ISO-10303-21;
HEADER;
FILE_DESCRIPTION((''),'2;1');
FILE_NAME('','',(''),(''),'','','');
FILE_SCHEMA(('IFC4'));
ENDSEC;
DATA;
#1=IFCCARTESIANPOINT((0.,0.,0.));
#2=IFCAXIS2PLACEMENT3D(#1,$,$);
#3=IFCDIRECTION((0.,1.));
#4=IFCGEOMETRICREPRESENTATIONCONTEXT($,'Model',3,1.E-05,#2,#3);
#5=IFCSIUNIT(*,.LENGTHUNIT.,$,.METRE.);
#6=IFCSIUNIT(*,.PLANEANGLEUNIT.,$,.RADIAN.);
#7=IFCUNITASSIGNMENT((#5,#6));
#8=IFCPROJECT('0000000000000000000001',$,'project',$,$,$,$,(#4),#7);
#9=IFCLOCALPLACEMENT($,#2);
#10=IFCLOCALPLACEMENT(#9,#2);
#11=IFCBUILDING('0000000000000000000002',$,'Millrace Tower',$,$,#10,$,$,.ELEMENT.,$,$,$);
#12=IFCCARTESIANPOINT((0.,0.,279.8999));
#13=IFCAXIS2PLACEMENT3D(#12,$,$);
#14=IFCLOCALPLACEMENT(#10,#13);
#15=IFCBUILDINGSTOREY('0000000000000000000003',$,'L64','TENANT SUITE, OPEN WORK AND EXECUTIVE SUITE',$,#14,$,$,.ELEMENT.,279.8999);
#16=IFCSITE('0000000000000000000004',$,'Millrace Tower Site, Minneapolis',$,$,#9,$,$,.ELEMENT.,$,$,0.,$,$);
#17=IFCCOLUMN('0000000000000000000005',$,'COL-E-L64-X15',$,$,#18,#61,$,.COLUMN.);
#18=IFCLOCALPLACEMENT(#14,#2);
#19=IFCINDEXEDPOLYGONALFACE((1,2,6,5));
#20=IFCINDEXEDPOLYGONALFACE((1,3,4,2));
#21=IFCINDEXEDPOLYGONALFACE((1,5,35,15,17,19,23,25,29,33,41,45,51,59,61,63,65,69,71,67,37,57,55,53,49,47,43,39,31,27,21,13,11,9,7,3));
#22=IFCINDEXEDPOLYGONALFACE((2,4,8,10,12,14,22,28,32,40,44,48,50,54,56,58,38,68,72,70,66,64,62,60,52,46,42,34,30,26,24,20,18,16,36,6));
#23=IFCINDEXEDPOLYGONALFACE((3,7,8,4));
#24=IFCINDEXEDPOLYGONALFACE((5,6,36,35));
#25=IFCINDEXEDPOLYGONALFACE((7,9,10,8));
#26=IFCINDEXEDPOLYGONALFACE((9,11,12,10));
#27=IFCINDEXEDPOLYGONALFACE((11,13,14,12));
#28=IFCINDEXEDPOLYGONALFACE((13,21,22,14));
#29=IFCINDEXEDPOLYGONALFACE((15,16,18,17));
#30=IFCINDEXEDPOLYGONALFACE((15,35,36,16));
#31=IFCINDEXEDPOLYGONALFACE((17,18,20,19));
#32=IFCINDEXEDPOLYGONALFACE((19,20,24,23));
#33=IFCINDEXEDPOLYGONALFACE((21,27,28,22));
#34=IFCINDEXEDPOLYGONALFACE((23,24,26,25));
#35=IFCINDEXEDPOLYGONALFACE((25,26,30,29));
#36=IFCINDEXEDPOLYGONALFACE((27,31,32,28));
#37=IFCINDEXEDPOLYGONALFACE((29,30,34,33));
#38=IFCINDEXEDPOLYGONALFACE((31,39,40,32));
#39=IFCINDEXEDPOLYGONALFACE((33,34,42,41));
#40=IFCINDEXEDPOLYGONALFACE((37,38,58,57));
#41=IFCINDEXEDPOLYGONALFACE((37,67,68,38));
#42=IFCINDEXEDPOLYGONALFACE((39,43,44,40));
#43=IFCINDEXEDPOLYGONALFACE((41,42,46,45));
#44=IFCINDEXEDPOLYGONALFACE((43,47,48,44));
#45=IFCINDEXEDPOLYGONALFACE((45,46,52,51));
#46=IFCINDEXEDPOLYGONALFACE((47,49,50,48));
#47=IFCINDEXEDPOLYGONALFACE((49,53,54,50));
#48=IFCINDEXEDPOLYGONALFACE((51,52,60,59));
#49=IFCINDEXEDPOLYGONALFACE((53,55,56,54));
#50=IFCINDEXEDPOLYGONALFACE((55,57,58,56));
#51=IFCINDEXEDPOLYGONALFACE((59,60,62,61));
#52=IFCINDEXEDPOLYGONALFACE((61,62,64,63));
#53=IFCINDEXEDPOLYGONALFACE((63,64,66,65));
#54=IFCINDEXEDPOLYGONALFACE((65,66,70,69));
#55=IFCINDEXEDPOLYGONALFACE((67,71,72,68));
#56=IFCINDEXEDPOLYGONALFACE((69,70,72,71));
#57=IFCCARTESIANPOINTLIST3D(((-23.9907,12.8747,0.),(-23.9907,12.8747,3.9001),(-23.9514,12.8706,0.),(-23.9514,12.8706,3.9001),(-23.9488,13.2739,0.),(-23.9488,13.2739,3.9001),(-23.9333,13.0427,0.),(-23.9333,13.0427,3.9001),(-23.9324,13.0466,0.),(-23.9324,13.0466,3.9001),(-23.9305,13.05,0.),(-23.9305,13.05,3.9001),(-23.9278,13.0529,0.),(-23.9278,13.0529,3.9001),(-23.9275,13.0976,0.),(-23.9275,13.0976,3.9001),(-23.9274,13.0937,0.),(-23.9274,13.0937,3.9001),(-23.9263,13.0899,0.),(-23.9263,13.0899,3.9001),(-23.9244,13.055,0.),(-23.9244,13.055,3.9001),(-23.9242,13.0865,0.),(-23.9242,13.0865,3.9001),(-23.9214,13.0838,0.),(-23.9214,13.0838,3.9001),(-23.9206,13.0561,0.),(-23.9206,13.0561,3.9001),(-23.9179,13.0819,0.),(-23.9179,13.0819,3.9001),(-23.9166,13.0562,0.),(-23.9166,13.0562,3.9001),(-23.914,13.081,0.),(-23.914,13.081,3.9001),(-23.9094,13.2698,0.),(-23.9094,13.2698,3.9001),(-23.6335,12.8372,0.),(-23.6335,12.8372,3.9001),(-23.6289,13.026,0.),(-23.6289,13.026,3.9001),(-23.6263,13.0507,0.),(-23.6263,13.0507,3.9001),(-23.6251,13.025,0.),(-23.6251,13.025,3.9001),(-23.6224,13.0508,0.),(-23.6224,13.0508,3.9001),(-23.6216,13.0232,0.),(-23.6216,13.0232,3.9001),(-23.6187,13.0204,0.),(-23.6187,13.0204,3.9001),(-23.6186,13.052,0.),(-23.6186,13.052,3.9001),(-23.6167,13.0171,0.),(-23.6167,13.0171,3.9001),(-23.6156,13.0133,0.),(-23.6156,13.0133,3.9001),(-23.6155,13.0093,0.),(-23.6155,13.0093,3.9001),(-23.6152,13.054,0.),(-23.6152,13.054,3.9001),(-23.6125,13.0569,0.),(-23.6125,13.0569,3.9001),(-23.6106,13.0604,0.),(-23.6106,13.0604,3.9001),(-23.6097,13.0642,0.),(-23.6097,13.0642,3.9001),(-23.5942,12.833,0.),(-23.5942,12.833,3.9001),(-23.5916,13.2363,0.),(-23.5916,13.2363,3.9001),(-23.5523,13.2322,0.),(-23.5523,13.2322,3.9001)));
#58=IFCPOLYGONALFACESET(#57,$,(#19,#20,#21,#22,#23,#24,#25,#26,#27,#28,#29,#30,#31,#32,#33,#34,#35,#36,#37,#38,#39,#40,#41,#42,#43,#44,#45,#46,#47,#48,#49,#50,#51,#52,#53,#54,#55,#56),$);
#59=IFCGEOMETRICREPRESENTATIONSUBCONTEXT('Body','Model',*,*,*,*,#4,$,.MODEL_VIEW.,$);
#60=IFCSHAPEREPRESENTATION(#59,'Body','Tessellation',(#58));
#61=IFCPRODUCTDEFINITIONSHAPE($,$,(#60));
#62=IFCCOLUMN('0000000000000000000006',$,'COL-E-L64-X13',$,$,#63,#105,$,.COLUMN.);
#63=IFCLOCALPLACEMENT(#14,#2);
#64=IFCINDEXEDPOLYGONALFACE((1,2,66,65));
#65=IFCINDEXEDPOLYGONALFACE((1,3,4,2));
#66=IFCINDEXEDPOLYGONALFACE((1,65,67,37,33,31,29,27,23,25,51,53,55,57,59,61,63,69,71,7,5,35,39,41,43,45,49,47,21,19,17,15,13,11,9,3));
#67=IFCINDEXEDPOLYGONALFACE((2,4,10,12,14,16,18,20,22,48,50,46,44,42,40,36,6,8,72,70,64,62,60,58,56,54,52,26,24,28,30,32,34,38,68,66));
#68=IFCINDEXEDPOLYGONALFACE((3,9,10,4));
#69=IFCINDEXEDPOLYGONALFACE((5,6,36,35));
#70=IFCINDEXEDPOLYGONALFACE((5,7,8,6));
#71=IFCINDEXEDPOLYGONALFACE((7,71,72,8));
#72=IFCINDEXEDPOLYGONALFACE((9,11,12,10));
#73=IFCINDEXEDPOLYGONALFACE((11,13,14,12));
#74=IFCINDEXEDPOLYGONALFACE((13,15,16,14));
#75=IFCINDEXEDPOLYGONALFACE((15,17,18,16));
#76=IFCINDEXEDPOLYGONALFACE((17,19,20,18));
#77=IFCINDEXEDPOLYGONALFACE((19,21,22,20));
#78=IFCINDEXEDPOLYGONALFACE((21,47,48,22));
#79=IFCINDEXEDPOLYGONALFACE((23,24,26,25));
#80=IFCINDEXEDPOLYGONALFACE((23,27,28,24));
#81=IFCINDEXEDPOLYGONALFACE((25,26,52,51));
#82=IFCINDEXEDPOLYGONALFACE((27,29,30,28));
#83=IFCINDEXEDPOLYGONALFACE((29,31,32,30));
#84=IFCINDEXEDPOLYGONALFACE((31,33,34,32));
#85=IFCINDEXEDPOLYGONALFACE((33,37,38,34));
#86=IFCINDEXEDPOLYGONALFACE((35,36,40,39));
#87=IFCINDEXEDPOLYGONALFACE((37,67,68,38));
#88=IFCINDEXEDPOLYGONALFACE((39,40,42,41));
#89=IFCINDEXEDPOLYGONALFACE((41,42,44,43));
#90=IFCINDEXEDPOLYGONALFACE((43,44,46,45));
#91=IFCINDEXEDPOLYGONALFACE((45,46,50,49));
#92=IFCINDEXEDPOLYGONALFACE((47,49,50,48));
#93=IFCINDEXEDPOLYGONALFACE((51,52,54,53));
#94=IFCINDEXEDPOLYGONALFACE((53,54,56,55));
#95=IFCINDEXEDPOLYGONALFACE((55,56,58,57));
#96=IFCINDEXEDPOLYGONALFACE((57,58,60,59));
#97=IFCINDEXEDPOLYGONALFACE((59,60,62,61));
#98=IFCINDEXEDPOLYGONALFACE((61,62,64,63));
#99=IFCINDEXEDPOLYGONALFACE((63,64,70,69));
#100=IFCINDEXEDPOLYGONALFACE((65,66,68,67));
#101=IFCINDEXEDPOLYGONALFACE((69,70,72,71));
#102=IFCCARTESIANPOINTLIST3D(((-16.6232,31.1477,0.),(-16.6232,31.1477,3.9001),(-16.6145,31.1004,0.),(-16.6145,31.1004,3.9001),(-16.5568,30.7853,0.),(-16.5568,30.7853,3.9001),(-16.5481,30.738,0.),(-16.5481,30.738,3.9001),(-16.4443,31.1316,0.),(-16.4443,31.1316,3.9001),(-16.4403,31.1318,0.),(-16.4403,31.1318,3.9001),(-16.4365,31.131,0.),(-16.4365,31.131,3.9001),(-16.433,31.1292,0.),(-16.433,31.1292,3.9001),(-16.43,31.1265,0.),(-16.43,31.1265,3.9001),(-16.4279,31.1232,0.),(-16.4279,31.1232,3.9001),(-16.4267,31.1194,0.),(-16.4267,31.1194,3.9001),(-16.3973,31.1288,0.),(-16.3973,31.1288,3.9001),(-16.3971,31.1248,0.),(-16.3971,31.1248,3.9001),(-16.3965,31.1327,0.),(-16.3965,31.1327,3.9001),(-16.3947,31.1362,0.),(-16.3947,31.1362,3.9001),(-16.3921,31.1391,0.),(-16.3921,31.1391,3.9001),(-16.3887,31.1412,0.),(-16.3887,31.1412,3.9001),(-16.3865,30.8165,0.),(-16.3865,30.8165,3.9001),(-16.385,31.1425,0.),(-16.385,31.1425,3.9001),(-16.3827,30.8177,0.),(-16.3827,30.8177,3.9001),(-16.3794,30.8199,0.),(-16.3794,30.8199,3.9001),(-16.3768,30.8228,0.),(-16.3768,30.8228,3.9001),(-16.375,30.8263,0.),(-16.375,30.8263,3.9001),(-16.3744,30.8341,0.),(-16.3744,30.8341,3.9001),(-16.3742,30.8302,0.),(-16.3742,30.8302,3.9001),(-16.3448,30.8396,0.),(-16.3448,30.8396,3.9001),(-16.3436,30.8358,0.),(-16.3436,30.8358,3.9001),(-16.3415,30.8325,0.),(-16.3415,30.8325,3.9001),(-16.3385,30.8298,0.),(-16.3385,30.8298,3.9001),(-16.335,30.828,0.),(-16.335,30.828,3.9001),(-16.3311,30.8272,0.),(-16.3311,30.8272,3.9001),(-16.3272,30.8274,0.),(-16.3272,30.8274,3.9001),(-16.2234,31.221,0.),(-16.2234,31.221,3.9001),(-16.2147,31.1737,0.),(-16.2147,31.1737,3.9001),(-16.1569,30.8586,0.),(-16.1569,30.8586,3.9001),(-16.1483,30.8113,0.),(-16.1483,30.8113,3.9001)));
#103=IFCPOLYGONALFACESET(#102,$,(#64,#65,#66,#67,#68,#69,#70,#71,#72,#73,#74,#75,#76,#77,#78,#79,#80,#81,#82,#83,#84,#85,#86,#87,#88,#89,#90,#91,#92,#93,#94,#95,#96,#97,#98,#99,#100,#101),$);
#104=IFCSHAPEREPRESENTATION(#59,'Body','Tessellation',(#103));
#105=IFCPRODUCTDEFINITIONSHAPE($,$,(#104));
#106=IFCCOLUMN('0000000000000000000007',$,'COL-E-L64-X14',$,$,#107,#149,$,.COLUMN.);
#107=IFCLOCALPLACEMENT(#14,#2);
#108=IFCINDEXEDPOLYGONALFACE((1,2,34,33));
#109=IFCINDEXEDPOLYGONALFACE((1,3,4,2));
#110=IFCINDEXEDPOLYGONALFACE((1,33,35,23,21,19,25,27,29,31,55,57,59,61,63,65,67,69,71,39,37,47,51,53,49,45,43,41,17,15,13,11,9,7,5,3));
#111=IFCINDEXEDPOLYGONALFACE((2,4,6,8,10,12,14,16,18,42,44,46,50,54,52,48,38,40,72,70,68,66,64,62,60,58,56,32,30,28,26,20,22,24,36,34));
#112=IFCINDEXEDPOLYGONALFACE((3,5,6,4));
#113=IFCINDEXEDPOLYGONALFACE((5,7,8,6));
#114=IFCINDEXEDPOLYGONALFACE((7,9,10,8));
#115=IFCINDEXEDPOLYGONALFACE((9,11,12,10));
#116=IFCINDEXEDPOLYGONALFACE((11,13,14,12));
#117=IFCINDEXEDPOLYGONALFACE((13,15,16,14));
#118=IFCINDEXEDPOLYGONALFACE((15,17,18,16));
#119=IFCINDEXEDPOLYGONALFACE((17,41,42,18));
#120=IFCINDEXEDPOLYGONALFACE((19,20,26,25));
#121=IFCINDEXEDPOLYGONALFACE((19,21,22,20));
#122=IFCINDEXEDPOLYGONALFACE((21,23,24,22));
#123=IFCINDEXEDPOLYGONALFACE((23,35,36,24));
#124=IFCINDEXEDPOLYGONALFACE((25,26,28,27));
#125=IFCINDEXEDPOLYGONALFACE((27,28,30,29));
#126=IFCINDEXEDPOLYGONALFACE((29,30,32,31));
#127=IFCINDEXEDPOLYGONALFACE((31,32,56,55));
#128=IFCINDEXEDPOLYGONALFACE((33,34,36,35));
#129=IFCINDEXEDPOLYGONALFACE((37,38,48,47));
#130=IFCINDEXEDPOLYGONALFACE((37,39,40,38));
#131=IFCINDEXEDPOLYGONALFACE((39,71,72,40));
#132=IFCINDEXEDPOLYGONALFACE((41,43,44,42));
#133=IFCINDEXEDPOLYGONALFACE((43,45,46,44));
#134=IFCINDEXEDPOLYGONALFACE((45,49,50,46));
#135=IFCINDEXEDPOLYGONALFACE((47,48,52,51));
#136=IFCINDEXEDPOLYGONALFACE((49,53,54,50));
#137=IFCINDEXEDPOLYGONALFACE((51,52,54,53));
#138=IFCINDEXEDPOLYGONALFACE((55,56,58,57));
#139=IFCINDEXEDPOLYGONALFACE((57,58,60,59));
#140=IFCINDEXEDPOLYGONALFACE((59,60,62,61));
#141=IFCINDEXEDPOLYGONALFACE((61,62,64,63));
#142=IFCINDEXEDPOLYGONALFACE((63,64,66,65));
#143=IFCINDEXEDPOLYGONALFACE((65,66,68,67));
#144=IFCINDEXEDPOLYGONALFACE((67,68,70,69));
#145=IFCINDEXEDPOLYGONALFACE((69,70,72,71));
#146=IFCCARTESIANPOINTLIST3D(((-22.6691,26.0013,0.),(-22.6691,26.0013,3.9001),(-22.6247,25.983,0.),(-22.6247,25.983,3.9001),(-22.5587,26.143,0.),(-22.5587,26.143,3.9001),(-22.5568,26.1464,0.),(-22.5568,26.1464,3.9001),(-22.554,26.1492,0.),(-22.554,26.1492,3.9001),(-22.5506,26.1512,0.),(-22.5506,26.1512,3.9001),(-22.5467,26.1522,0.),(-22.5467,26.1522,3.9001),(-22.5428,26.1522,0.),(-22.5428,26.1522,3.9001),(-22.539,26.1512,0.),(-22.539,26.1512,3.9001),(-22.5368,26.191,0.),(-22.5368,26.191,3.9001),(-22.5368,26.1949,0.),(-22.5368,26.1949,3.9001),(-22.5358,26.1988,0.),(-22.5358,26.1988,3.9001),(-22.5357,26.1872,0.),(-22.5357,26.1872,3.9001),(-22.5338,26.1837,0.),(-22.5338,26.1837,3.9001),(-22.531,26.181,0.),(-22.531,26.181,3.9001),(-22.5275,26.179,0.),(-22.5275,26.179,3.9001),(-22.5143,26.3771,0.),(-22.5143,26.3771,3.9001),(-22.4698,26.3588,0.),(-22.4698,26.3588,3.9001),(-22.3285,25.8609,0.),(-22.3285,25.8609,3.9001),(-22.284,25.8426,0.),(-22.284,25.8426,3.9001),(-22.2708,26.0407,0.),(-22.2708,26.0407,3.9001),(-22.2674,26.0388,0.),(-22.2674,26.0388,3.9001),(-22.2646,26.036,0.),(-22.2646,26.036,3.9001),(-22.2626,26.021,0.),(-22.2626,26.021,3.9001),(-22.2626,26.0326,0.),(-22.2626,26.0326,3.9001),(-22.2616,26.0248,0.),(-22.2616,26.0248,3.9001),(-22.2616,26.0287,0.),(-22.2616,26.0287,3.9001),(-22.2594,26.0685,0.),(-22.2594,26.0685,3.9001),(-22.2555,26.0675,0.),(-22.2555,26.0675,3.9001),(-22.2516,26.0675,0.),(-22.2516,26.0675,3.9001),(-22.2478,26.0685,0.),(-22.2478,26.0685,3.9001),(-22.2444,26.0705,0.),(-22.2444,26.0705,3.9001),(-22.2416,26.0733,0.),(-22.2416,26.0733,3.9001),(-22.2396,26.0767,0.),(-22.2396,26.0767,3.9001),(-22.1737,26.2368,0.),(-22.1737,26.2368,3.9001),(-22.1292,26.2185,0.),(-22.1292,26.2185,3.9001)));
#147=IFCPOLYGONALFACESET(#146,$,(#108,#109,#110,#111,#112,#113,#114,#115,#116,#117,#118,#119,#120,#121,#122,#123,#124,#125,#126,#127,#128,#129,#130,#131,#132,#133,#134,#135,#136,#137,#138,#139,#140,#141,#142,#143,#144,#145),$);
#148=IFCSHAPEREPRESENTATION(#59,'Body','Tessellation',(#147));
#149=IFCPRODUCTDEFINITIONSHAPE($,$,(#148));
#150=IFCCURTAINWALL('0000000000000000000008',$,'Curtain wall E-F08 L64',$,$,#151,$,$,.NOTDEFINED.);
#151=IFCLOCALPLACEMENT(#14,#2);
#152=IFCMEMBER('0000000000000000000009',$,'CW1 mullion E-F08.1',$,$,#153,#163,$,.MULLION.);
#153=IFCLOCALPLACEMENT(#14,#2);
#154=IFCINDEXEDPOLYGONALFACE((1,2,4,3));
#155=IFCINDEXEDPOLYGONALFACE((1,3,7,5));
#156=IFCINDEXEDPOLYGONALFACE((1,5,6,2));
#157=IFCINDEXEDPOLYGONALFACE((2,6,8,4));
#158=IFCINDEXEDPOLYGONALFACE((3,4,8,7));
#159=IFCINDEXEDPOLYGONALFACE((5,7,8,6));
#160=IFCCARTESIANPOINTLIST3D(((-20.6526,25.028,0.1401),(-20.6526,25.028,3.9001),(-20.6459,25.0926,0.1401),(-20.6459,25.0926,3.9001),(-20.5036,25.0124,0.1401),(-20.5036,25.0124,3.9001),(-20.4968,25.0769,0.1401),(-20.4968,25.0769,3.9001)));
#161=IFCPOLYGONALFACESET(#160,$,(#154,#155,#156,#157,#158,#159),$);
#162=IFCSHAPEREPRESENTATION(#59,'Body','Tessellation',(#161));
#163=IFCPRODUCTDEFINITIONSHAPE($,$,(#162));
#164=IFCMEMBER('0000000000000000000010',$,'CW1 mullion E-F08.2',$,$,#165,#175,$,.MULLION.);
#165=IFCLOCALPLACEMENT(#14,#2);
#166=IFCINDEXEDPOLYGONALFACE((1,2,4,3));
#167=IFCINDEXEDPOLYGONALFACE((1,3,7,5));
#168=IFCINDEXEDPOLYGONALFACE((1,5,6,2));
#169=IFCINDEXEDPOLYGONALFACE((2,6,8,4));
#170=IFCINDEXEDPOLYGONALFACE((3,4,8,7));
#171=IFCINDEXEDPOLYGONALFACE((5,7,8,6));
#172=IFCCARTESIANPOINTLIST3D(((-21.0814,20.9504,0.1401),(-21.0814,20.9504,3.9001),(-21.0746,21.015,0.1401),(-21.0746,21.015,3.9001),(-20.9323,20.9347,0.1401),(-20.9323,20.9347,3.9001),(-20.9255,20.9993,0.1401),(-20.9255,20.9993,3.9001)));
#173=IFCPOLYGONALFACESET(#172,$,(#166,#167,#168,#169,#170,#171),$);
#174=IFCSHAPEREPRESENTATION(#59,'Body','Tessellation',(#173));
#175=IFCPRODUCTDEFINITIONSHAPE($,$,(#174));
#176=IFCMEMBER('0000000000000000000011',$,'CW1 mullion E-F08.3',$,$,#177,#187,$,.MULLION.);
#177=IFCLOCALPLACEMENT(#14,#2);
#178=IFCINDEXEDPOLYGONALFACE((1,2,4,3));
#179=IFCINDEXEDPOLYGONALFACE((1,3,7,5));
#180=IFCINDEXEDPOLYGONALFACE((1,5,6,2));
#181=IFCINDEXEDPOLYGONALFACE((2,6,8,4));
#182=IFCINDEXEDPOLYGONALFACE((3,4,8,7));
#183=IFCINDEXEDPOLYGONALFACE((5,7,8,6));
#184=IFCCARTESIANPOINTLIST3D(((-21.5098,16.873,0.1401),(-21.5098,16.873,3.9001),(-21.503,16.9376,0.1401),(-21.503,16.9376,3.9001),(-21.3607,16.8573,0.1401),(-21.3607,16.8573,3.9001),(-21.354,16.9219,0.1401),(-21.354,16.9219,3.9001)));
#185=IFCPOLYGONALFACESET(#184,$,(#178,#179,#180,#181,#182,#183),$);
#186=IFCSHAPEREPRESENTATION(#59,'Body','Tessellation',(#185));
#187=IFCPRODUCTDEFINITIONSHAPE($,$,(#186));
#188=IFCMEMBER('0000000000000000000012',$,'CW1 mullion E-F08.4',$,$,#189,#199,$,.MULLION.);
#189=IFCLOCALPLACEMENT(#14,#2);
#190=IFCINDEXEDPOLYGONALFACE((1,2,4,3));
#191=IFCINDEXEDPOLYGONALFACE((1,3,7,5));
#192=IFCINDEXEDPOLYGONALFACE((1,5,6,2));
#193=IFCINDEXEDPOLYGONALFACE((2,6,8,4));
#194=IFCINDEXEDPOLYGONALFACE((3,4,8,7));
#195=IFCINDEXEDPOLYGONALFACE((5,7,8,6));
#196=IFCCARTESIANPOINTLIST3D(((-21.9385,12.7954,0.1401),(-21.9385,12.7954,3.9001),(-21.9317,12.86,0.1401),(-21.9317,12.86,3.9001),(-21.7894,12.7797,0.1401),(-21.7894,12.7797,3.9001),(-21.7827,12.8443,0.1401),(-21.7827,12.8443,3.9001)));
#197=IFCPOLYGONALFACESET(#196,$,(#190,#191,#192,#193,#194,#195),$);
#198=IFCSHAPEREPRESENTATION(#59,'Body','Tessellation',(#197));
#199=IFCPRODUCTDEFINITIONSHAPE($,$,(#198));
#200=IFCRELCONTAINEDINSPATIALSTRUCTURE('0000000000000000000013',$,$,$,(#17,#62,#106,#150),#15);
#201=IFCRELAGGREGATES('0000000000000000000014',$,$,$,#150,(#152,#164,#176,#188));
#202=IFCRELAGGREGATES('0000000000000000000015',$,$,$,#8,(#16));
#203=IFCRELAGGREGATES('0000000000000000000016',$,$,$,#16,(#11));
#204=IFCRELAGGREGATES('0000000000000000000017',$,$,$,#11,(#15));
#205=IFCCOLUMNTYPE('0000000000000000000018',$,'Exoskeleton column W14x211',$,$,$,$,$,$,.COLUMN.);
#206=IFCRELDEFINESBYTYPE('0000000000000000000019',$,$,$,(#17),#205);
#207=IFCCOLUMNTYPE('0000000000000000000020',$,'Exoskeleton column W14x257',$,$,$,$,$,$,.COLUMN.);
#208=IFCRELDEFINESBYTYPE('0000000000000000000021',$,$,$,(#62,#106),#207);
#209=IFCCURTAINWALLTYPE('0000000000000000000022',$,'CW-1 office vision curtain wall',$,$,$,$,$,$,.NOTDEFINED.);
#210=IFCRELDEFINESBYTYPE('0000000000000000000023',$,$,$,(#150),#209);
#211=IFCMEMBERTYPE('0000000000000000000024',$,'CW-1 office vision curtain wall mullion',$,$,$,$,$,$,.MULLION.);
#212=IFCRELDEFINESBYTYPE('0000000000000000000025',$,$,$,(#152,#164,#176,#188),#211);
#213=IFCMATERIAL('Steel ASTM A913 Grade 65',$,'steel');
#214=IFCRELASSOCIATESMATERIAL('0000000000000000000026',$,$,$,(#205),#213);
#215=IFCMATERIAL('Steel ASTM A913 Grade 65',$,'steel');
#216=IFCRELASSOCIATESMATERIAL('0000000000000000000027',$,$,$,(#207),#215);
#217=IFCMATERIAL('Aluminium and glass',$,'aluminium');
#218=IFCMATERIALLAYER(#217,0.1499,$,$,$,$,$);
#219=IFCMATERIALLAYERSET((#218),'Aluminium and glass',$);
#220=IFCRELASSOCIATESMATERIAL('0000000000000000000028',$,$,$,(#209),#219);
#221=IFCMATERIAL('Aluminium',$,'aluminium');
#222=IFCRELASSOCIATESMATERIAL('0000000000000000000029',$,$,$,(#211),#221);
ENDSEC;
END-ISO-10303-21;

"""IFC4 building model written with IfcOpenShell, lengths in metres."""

from ifc_helpers import new_model, si_unit, direction, frame, origin, origin_2d, place, context, subcontext, project, spatial, rectangle, i_section, extrude, material, layer, layer_set, material_profile, profile_set, type_object, element, aggregate, save


model = new_model("IFC4")

# Units and contexts
model_context = context("Model", 3, precision=1e-05, world=origin(), true_north=direction((0.0, 1.0)))
body_context = subcontext(model_context, "Body", "Model", "MODEL_VIEW")
ifc_project = project(units=[si_unit("LENGTHUNIT", "METRE"), si_unit("PLANEANGLEUNIT", "RADIAN")], contexts=[model_context])

# Site, building, storey
site_placement = place(None, origin())
site = spatial("IfcSite", under=ifc_project, at=site_placement, Name="Millrace Tower Site, Minneapolis", CompositionType="ELEMENT", RefElevation=0.0)
building_placement = place(site_placement, origin())
building = spatial("IfcBuilding", under=site, at=building_placement, Name="Millrace Tower", CompositionType="ELEMENT")
storey_placement = place(building_placement, frame((0.0, 0.0, 279.8999)))
storey = spatial("IfcBuildingStorey", under=building, at=storey_placement, Name="L64", Description="TENANT SUITE, OPEN WORK AND EXECUTIVE SUITE", CompositionType="ELEMENT", Elevation=279.8999)

# Columns
ifc_material_1 = material(Name="Steel ASTM A913 Grade 65", Category="steel")
ifc_material_profile_1 = material_profile(ifc_material_1, i_section(OverallWidth=0.4014, OverallDepth=0.3987, WebThickness=0.0249, FlangeThickness=0.0396, FilletRadius=0.0151, at=origin_2d()))
ifc_profile_set_1 = profile_set([ifc_material_profile_1], Name="Steel ASTM A913 Grade 65")
column_type_1 = type_object("IfcColumnType", Name="Exoskeleton column W14x211", PredefinedType="COLUMN", material=ifc_profile_set_1)
column_placement = place(storey_placement, frame((-23.7715, 13.0535, 0.0), z_axis=(0.0, 0.0, 1.0), x_axis=(-0.104528, -0.994522, 0.0)))
element("IfcColumn", 1, at=column_placement, inside=storey, type_object=column_type_1, Name="COL-E-L64-X15", PredefinedType="COLUMN", context=body_context, shape_type="SweptSolid", body=[
    extrude(i_section(OverallWidth=0.4014, OverallDepth=0.3987, WebThickness=0.0249, FlangeThickness=0.0396, FilletRadius=0.0151, at=origin_2d()), origin(), (0.0, 0.0, 1.0), 3.9001),
])
ifc_material_2 = material(Name="Steel ASTM A913 Grade 65", Category="steel")
ifc_material_profile_2 = material_profile(ifc_material_2, i_section(OverallWidth=0.4065, OverallDepth=0.4165, WebThickness=0.03, FlangeThickness=0.0481, FilletRadius=0.0151, at=origin_2d()))
ifc_profile_set_2 = profile_set([ifc_material_profile_2], Name="Steel ASTM A913 Grade 65")
column_type_2 = type_object("IfcColumnType", Name="Exoskeleton column W14x257", PredefinedType="COLUMN", material=ifc_profile_set_2)
for number, where, z_axis, x_axis, name in (
    (2, (-16.3857, 30.9795, 0.0), (0.0, 0.0, 1.0), (-0.983596, -0.180387, 0.0), "COL-E-L64-X13"),
    (3, (-22.3992, 26.1099, 0.0), (0.0, 0.0, 1.0), (-0.380947, -0.924597, 0.0), "COL-E-L64-X14"),
):
    element("IfcColumn", number, at=place(storey_placement, frame(where, z_axis=z_axis, x_axis=x_axis)), inside=storey, type_object=column_type_2, Name=name, PredefinedType="COLUMN", context=body_context, shape_type="SweptSolid", body=[
        extrude(i_section(OverallWidth=0.4065, OverallDepth=0.4165, WebThickness=0.03, FlangeThickness=0.0481, FilletRadius=0.0151, at=origin_2d()), origin(), (0.0, 0.0, 1.0), 3.9001),
    ])

# Curtain wall, members
ifc_material_3 = material(Name="Aluminium and glass", Category="aluminium")
ifc_layer_1 = layer(ifc_material_3, 0.1499)
ifc_layer_set_1 = layer_set([ifc_layer_1], Name="Aluminium and glass")
curtain_wall_type = type_object("IfcCurtainWallType", Name="CW-1 office vision curtain wall", PredefinedType="NOTDEFINED", material=ifc_layer_set_1)
curtain_wall_placement = place(storey_placement, origin())
curtain_wall = element("IfcCurtainWall", 4, at=curtain_wall_placement, inside=storey, type_object=curtain_wall_type, Name="Curtain wall E-F08 L64", PredefinedType="NOTDEFINED")
ifc_material_4 = material(Name="Aluminium", Category="aluminium")
ifc_material_profile_3 = material_profile(ifc_material_4, rectangle(XDim=0.0649, YDim=0.1499, at=origin_2d()))
ifc_profile_set_3 = profile_set([ifc_material_profile_3], Name="Aluminium")
member_type_1 = type_object("IfcMemberType", Name="CW-1 office vision curtain wall mullion", PredefinedType="MULLION", material=ifc_profile_set_3)
member_1_placement = place(storey_placement, frame((-20.5747, 25.0525, 0.1401), z_axis=(0.0, 0.0, 1.0), x_axis=(-0.104528, -0.994522, 0.0)))
member_1 = element("IfcMember", 5, at=member_1_placement, type_object=member_type_1, Name="CW1 mullion E-F08.1", PredefinedType="MULLION", context=body_context, shape_type="SweptSolid", body=[
    extrude(rectangle(XDim=0.0649, YDim=0.1499, at=origin_2d()), origin(), (0.0, 0.0, 1.0), 3.76),
])
member_2_placement = place(storey_placement, frame((-21.0034, 20.9749, 0.1401), z_axis=(0.0, 0.0, 1.0), x_axis=(-0.104528, -0.994522, 0.0)))
member_2 = element("IfcMember", 6, at=member_2_placement, type_object=member_type_1, Name="CW1 mullion E-F08.2", PredefinedType="MULLION", context=body_context, shape_type="SweptSolid", body=[
    extrude(rectangle(XDim=0.0649, YDim=0.1499, at=origin_2d()), origin(), (0.0, 0.0, 1.0), 3.76),
])
member_3_placement = place(storey_placement, frame((-21.4319, 16.8975, 0.1401), z_axis=(0.0, 0.0, 1.0), x_axis=(-0.104528, -0.994522, 0.0)))
member_3 = element("IfcMember", 7, at=member_3_placement, type_object=member_type_1, Name="CW1 mullion E-F08.3", PredefinedType="MULLION", context=body_context, shape_type="SweptSolid", body=[
    extrude(rectangle(XDim=0.0649, YDim=0.1499, at=origin_2d()), origin(), (0.0, 0.0, 1.0), 3.76),
])
member_4_placement = place(storey_placement, frame((-21.8606, 12.8198, 0.1401), z_axis=(0.0, 0.0, 1.0), x_axis=(-0.104528, -0.994522, 0.0)))
member_4 = element("IfcMember", 8, at=member_4_placement, type_object=member_type_1, Name="CW1 mullion E-F08.4", PredefinedType="MULLION", context=body_context, shape_type="SweptSolid", body=[
    extrude(rectangle(XDim=0.0649, YDim=0.1499, at=origin_2d()), origin(), (0.0, 0.0, 1.0), 3.76),
])
aggregate(curtain_wall, [member_1, member_2, member_3, member_4])

save(model, "model.ifc")
